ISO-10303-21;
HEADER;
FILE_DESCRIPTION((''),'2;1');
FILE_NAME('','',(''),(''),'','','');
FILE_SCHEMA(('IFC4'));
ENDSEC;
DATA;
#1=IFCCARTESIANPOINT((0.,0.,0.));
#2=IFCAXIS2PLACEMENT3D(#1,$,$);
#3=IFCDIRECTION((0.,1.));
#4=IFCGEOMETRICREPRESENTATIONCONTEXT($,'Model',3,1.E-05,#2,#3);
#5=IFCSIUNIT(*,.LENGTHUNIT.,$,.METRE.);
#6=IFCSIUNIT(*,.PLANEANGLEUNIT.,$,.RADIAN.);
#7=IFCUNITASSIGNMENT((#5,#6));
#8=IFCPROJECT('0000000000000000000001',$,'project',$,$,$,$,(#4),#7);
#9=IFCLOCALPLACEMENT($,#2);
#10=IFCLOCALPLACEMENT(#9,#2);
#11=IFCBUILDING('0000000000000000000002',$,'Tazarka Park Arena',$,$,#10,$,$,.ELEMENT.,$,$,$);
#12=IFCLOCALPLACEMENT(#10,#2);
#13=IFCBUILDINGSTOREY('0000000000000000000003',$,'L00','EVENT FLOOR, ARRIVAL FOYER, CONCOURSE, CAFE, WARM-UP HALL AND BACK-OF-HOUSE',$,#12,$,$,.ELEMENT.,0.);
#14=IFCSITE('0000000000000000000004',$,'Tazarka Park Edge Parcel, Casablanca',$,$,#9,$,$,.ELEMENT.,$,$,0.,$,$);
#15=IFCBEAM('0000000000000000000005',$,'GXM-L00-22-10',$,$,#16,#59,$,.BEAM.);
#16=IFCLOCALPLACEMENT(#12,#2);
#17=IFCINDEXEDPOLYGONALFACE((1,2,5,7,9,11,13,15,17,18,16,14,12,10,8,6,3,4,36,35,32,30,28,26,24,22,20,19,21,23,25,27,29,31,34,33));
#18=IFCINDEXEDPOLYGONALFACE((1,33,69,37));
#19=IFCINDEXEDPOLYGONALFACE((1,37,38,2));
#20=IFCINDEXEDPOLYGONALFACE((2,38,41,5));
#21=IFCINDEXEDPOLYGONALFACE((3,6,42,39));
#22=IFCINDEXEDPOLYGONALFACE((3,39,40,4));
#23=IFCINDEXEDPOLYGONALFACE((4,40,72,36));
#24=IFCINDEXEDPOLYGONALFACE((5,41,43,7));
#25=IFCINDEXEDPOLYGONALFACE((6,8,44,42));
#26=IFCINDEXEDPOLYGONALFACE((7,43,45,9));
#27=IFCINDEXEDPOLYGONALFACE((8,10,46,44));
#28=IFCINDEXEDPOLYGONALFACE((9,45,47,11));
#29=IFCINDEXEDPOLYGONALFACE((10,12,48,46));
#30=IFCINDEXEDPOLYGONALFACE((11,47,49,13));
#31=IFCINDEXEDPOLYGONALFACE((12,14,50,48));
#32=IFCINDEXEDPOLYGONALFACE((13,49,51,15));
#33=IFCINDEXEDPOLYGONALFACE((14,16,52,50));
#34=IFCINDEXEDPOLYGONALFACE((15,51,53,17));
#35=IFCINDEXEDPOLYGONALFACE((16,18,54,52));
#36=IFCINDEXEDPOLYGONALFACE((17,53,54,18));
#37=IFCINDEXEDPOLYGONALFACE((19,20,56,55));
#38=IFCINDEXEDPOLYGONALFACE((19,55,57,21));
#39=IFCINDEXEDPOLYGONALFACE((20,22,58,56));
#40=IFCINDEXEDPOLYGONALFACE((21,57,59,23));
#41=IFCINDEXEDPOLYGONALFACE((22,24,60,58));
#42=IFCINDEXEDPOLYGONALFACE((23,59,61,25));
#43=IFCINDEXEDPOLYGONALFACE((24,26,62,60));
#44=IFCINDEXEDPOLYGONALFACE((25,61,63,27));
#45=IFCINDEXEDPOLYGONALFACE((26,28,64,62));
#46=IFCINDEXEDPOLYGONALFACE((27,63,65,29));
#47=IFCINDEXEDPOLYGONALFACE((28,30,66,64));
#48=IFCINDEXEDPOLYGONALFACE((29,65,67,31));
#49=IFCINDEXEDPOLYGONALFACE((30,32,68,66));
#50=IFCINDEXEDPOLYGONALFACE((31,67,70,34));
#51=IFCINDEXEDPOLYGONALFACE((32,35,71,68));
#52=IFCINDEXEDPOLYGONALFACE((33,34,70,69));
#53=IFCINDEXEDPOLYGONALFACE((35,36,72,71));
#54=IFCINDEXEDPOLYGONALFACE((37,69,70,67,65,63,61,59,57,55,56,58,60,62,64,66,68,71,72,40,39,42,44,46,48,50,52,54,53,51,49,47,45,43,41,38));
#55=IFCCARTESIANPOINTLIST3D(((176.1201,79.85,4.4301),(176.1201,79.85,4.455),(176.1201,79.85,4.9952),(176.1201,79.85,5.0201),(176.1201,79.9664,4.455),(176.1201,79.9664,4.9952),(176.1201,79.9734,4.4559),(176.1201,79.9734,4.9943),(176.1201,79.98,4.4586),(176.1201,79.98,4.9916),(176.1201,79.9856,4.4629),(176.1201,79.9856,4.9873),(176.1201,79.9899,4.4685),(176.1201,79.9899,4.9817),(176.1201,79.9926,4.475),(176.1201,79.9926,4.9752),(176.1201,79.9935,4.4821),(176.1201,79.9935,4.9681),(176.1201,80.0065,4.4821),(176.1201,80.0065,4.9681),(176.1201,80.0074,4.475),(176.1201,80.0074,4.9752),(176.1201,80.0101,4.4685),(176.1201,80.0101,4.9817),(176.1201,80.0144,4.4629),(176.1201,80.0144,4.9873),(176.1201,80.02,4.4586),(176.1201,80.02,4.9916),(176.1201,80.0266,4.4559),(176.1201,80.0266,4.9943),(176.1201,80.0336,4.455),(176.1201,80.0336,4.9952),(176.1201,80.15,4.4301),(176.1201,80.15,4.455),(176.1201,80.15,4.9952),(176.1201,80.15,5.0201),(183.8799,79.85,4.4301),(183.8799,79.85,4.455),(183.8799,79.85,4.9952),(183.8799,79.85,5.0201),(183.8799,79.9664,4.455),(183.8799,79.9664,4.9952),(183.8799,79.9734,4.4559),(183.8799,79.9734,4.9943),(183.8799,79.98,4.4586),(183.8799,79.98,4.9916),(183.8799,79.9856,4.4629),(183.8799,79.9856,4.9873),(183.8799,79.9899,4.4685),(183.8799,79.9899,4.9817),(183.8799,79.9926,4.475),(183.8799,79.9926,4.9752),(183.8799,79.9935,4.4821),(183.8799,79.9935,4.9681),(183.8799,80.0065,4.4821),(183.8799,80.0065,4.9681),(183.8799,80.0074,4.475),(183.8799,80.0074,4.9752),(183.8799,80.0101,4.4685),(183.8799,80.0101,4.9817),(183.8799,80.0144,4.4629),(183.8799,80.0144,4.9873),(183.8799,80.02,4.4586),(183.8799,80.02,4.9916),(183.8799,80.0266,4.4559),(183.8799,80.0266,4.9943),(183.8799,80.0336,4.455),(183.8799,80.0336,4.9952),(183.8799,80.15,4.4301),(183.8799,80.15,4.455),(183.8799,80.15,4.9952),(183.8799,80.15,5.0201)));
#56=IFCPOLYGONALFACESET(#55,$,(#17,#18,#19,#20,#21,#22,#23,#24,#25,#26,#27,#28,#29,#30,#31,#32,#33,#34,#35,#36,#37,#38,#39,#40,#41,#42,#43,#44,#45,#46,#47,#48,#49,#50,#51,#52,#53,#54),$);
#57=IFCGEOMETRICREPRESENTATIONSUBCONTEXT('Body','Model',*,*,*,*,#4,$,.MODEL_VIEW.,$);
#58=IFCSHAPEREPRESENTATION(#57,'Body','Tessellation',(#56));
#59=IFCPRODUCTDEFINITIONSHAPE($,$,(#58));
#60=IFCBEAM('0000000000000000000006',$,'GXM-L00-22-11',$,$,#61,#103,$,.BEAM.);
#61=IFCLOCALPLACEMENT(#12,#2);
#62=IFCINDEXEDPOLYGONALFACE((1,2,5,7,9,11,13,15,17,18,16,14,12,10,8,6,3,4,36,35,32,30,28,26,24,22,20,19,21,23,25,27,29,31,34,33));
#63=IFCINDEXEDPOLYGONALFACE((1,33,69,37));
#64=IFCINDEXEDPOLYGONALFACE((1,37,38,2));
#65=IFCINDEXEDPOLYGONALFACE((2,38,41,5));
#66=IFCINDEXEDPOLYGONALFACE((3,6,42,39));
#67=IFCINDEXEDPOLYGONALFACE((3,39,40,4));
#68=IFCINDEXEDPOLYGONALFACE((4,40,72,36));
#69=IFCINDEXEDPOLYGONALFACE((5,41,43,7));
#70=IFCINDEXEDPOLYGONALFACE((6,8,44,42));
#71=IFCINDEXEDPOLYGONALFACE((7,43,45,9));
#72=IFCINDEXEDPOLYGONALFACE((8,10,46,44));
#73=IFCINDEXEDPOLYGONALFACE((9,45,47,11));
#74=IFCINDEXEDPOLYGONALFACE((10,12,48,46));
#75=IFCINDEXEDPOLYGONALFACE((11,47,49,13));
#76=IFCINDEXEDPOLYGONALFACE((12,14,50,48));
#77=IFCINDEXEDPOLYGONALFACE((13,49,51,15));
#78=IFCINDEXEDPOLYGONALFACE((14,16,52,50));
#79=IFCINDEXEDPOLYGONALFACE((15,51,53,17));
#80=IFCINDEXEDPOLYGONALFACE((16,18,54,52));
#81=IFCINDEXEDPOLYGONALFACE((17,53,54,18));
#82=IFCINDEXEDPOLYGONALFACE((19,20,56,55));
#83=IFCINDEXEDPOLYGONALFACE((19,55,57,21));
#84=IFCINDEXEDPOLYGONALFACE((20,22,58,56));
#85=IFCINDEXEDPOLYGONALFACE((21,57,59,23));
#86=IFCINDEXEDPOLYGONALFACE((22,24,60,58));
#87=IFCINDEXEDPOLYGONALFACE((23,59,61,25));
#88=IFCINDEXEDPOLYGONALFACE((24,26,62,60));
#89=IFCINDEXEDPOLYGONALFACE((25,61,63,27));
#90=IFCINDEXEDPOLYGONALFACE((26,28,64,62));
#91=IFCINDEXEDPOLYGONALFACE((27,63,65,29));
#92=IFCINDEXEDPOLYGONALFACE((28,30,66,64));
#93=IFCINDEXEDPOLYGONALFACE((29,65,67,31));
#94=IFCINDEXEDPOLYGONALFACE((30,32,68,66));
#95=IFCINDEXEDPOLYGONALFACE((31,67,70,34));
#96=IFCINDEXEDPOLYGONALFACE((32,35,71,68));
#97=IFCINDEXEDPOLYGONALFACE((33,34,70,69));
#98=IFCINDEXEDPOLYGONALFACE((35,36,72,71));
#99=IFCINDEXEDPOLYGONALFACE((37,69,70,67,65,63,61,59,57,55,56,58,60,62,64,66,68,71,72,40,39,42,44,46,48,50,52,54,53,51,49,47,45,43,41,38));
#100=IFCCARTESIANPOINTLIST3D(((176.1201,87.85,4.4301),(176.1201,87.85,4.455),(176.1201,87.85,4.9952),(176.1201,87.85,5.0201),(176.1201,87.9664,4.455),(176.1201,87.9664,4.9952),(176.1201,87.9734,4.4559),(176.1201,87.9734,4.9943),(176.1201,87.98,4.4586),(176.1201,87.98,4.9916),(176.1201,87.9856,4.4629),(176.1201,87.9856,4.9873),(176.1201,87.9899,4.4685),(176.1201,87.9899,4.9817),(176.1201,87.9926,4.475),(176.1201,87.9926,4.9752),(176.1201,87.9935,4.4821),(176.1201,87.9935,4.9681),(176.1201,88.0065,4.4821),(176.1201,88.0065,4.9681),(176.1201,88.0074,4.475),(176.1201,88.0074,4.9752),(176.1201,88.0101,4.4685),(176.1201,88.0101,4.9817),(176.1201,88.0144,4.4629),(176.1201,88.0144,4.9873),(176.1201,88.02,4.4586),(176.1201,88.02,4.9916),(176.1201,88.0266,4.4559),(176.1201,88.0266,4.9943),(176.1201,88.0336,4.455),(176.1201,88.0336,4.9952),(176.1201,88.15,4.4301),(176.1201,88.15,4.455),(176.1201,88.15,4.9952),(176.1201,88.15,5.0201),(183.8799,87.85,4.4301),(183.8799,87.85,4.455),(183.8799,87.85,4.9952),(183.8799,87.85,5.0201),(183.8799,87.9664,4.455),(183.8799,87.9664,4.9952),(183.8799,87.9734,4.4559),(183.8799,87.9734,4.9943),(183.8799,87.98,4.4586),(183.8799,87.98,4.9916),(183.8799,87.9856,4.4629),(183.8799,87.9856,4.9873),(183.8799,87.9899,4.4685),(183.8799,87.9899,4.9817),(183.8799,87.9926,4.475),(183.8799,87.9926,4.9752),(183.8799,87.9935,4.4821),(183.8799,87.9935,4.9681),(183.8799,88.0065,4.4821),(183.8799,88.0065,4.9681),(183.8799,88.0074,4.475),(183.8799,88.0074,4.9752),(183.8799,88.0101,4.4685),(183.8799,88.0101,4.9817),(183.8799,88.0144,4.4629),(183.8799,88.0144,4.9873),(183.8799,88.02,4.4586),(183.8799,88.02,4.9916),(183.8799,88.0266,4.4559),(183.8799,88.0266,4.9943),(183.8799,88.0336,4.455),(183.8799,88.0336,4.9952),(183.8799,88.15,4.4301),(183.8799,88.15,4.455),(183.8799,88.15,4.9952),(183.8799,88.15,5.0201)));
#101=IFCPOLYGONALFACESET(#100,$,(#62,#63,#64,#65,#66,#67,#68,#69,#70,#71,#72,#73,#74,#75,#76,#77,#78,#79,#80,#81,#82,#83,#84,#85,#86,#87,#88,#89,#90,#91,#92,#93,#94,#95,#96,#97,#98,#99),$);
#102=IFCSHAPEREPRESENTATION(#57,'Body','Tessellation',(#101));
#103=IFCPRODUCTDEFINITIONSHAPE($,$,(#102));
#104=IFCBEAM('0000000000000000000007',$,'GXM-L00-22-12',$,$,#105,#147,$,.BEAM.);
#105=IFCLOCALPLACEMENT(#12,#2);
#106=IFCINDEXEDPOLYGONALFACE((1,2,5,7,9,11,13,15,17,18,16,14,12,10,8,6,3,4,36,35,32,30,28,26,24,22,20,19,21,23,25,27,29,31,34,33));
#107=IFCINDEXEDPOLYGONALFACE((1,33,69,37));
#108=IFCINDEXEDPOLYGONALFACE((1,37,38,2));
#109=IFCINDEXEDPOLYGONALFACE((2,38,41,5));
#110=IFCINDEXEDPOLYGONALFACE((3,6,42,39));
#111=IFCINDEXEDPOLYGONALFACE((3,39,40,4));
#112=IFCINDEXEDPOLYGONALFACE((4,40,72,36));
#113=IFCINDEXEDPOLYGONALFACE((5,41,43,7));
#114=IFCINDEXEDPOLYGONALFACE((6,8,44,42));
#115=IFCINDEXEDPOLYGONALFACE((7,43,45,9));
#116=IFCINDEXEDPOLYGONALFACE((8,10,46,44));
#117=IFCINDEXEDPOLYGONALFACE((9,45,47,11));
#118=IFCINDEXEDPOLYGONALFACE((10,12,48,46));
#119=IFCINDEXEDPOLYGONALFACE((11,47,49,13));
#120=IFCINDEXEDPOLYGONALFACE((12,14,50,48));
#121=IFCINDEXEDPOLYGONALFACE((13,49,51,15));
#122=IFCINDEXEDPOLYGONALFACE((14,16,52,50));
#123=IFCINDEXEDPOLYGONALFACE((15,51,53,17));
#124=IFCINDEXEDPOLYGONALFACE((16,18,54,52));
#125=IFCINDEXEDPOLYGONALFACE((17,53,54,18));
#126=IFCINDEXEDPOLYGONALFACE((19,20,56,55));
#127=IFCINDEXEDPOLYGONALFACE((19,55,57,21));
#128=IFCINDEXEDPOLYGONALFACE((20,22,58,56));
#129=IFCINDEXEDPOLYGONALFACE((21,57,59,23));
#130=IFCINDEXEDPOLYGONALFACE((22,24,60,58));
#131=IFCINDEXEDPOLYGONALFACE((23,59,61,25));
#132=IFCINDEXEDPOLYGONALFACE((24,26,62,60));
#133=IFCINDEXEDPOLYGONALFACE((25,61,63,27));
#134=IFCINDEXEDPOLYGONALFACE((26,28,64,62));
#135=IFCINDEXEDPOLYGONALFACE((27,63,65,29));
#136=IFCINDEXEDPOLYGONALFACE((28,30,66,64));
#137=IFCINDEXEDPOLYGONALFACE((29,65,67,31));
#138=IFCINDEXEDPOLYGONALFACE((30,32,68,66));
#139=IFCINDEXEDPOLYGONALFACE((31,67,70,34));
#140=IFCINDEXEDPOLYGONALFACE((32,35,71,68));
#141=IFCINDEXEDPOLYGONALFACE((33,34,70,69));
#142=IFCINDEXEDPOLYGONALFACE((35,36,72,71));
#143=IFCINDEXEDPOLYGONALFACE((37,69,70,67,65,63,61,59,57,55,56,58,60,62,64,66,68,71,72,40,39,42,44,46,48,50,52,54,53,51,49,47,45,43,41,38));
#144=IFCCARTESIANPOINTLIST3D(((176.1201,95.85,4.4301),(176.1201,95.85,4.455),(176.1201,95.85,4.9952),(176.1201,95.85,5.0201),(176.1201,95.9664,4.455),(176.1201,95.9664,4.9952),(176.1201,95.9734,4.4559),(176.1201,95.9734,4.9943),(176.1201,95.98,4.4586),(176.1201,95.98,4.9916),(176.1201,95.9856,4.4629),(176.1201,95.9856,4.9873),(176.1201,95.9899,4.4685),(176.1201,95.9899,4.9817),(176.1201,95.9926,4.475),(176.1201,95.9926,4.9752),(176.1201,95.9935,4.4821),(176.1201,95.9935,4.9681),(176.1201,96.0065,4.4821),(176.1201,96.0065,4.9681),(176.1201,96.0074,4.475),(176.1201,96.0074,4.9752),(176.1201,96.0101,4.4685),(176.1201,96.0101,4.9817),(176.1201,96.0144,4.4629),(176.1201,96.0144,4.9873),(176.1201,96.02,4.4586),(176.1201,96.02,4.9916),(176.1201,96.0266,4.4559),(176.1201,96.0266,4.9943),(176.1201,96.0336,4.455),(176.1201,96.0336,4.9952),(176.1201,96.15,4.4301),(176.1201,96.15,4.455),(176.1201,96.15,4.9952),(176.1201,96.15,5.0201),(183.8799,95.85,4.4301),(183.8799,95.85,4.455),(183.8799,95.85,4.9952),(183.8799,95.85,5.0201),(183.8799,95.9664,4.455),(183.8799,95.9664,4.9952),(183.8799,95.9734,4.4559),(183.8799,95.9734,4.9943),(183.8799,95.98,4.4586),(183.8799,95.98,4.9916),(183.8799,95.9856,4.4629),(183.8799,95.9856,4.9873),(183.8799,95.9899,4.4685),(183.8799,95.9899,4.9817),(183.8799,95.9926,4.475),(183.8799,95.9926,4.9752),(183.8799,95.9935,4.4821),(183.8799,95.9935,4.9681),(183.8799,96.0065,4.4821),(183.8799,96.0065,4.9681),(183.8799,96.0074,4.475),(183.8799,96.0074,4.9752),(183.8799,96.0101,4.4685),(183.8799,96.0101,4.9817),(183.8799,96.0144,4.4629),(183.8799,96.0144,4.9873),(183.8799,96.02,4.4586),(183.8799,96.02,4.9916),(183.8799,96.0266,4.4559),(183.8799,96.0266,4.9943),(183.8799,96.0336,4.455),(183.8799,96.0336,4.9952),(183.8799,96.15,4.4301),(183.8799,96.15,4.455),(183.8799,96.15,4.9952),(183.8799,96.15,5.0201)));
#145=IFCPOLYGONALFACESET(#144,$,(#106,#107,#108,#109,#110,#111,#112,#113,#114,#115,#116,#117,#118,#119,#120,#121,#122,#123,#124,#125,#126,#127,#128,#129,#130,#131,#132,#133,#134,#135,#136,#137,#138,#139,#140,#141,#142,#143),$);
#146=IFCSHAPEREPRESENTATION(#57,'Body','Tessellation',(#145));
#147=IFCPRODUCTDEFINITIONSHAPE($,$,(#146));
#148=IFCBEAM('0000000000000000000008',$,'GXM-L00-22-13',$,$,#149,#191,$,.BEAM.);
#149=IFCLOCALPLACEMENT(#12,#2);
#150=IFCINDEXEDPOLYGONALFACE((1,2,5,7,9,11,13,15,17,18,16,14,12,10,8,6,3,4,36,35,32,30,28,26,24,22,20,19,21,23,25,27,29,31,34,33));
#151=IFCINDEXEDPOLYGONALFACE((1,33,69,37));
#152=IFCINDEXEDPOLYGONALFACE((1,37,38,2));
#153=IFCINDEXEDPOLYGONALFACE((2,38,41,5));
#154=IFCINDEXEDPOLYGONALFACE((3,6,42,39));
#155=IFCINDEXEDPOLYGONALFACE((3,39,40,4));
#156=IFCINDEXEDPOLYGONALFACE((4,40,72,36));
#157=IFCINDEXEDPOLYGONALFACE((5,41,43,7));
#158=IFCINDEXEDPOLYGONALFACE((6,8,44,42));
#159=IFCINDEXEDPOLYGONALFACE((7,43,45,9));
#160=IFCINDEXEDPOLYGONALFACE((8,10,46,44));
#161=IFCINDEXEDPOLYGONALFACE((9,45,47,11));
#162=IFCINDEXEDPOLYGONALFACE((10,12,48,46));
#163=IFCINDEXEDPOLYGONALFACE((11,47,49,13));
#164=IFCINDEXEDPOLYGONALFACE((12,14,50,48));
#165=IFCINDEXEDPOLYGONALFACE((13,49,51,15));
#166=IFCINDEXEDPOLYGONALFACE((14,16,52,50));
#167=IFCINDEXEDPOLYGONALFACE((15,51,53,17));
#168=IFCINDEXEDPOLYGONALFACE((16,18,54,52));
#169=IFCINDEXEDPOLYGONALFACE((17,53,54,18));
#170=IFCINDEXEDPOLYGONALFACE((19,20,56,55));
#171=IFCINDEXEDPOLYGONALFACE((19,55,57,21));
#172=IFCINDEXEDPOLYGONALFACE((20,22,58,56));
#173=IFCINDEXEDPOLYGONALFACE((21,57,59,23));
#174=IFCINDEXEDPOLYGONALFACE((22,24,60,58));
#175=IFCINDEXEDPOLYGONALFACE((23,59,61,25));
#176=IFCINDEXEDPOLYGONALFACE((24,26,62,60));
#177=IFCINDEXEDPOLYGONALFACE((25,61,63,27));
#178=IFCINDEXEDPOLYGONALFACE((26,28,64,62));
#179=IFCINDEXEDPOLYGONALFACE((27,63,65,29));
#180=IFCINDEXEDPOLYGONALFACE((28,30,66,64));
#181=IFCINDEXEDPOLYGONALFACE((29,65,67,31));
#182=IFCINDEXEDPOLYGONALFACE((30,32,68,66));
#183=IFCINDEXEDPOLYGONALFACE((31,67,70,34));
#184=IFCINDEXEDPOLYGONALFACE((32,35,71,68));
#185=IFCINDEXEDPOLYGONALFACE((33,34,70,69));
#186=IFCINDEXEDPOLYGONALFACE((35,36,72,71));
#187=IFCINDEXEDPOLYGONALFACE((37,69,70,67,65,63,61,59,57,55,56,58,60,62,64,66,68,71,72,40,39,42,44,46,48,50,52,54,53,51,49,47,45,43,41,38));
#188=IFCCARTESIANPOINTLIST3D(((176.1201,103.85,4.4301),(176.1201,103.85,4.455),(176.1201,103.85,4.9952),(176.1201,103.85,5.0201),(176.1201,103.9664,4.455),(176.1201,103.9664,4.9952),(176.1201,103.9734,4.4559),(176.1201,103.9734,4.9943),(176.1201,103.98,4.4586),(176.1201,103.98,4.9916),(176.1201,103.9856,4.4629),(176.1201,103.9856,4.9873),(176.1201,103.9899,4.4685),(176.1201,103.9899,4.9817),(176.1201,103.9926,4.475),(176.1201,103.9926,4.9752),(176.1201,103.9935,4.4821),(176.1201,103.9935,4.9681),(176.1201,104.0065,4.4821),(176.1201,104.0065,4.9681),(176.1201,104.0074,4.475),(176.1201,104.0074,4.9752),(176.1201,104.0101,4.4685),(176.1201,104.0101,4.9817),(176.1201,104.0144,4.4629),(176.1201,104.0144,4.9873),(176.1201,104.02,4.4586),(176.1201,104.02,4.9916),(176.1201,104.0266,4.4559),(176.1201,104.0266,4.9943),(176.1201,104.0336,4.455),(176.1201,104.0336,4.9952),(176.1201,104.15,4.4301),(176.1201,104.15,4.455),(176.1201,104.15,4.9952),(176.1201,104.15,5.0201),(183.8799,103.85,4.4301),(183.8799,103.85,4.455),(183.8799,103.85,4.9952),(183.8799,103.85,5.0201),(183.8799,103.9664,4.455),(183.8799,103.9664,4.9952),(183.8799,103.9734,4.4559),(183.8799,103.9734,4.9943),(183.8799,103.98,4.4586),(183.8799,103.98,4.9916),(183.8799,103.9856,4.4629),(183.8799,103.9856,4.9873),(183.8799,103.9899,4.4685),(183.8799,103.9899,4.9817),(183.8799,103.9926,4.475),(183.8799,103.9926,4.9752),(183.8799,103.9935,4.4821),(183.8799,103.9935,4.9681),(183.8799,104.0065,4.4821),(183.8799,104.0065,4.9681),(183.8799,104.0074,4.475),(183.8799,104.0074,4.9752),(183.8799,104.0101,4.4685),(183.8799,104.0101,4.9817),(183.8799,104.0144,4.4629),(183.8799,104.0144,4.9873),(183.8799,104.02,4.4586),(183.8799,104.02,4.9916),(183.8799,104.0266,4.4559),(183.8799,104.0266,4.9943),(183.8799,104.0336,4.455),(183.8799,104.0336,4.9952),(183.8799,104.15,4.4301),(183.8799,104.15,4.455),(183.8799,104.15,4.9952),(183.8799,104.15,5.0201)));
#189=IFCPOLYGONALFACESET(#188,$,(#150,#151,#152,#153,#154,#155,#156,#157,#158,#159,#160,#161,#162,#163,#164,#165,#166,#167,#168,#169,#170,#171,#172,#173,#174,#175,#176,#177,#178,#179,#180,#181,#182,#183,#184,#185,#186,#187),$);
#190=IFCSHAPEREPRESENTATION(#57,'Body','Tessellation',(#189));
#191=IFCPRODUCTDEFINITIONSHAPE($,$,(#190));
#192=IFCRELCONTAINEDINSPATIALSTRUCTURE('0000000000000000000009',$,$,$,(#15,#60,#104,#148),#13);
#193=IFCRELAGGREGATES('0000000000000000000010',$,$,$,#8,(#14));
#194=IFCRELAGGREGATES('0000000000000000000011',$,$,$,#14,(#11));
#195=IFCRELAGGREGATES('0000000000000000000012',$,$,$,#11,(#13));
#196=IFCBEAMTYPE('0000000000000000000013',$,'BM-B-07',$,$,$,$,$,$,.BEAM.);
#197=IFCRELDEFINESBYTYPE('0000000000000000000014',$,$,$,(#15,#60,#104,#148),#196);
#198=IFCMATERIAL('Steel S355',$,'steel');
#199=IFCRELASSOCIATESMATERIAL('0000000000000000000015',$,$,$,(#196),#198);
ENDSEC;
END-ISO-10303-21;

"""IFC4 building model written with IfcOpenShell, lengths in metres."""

from ifc_helpers import new_model, si_unit, direction, frame, origin, origin_2d, place, context, subcontext, project, spatial, i_section, extrude, material, material_profile, profile_set, type_object, element, save


model = new_model("IFC4")

# Units and contexts
model_context = context("Model", 3, precision=1e-05, world=origin(), true_north=direction((0.0, 1.0)))
body_context = subcontext(model_context, "Body", "Model", "MODEL_VIEW")
ifc_project = project(units=[si_unit("LENGTHUNIT", "METRE"), si_unit("PLANEANGLEUNIT", "RADIAN")], contexts=[model_context])

# Site, building, storey
site_placement = place(None, origin())
site = spatial("IfcSite", under=ifc_project, at=site_placement, Name="Tazarka Park Edge Parcel, Casablanca", CompositionType="ELEMENT", RefElevation=0.0)
building_placement = place(site_placement, origin())
building = spatial("IfcBuilding", under=site, at=building_placement, Name="Tazarka Park Arena", CompositionType="ELEMENT")
storey_placement = place(building_placement, origin())
storey = spatial("IfcBuildingStorey", under=building, at=storey_placement, Name="L00", Description="EVENT FLOOR, ARRIVAL FOYER, CONCOURSE, CAFE, WARM-UP HALL AND BACK-OF-HOUSE", CompositionType="ELEMENT", Elevation=0.0)

# Beams
ifc_material_1 = material(Name="Steel S355", Category="steel")
ifc_material_profile_1 = material_profile(ifc_material_1, i_section(OverallWidth=0.3, OverallDepth=0.5901, WebThickness=0.0129, FlangeThickness=0.0249, FilletRadius=0.0271, at=origin_2d()), Name="Steel S355")
ifc_profile_set_1 = profile_set([ifc_material_profile_1], Name="Steel S355")
beam_type_1 = type_object("IfcBeamType", Name="BM-B-07", PredefinedType="BEAM", material=ifc_profile_set_1)
for number, where, z_axis, x_axis, name in (
    (1, (176.1201, 80.0, 4.7251), (1.0, 0.0, 0.0), (0.0, 1.0, 0.0), "GXM-L00-22-10"),
    (2, (176.1201, 88.0, 4.7251), (1.0, 0.0, 0.0), (0.0, 1.0, 0.0), "GXM-L00-22-11"),
    (3, (176.1201, 96.0, 4.7251), (1.0, 0.0, 0.0), (0.0, 1.0, 0.0), "GXM-L00-22-12"),
    (4, (176.1201, 104.0, 4.7251), (1.0, 0.0, 0.0), (0.0, 1.0, 0.0), "GXM-L00-22-13"),
):
    element("IfcBeam", number, at=place(storey_placement, frame(where, z_axis=z_axis, x_axis=x_axis)), inside=storey, type_object=beam_type_1, Name=name, PredefinedType="BEAM", context=body_context, shape_type="SweptSolid", body=[
        extrude(i_section(OverallWidth=0.3, OverallDepth=0.5901, WebThickness=0.0129, FlangeThickness=0.0249, FilletRadius=0.0271, at=origin_2d()), origin(), (0.0, 0.0, 1.0), 7.7598),
    ])

save(model, "model.ifc")
